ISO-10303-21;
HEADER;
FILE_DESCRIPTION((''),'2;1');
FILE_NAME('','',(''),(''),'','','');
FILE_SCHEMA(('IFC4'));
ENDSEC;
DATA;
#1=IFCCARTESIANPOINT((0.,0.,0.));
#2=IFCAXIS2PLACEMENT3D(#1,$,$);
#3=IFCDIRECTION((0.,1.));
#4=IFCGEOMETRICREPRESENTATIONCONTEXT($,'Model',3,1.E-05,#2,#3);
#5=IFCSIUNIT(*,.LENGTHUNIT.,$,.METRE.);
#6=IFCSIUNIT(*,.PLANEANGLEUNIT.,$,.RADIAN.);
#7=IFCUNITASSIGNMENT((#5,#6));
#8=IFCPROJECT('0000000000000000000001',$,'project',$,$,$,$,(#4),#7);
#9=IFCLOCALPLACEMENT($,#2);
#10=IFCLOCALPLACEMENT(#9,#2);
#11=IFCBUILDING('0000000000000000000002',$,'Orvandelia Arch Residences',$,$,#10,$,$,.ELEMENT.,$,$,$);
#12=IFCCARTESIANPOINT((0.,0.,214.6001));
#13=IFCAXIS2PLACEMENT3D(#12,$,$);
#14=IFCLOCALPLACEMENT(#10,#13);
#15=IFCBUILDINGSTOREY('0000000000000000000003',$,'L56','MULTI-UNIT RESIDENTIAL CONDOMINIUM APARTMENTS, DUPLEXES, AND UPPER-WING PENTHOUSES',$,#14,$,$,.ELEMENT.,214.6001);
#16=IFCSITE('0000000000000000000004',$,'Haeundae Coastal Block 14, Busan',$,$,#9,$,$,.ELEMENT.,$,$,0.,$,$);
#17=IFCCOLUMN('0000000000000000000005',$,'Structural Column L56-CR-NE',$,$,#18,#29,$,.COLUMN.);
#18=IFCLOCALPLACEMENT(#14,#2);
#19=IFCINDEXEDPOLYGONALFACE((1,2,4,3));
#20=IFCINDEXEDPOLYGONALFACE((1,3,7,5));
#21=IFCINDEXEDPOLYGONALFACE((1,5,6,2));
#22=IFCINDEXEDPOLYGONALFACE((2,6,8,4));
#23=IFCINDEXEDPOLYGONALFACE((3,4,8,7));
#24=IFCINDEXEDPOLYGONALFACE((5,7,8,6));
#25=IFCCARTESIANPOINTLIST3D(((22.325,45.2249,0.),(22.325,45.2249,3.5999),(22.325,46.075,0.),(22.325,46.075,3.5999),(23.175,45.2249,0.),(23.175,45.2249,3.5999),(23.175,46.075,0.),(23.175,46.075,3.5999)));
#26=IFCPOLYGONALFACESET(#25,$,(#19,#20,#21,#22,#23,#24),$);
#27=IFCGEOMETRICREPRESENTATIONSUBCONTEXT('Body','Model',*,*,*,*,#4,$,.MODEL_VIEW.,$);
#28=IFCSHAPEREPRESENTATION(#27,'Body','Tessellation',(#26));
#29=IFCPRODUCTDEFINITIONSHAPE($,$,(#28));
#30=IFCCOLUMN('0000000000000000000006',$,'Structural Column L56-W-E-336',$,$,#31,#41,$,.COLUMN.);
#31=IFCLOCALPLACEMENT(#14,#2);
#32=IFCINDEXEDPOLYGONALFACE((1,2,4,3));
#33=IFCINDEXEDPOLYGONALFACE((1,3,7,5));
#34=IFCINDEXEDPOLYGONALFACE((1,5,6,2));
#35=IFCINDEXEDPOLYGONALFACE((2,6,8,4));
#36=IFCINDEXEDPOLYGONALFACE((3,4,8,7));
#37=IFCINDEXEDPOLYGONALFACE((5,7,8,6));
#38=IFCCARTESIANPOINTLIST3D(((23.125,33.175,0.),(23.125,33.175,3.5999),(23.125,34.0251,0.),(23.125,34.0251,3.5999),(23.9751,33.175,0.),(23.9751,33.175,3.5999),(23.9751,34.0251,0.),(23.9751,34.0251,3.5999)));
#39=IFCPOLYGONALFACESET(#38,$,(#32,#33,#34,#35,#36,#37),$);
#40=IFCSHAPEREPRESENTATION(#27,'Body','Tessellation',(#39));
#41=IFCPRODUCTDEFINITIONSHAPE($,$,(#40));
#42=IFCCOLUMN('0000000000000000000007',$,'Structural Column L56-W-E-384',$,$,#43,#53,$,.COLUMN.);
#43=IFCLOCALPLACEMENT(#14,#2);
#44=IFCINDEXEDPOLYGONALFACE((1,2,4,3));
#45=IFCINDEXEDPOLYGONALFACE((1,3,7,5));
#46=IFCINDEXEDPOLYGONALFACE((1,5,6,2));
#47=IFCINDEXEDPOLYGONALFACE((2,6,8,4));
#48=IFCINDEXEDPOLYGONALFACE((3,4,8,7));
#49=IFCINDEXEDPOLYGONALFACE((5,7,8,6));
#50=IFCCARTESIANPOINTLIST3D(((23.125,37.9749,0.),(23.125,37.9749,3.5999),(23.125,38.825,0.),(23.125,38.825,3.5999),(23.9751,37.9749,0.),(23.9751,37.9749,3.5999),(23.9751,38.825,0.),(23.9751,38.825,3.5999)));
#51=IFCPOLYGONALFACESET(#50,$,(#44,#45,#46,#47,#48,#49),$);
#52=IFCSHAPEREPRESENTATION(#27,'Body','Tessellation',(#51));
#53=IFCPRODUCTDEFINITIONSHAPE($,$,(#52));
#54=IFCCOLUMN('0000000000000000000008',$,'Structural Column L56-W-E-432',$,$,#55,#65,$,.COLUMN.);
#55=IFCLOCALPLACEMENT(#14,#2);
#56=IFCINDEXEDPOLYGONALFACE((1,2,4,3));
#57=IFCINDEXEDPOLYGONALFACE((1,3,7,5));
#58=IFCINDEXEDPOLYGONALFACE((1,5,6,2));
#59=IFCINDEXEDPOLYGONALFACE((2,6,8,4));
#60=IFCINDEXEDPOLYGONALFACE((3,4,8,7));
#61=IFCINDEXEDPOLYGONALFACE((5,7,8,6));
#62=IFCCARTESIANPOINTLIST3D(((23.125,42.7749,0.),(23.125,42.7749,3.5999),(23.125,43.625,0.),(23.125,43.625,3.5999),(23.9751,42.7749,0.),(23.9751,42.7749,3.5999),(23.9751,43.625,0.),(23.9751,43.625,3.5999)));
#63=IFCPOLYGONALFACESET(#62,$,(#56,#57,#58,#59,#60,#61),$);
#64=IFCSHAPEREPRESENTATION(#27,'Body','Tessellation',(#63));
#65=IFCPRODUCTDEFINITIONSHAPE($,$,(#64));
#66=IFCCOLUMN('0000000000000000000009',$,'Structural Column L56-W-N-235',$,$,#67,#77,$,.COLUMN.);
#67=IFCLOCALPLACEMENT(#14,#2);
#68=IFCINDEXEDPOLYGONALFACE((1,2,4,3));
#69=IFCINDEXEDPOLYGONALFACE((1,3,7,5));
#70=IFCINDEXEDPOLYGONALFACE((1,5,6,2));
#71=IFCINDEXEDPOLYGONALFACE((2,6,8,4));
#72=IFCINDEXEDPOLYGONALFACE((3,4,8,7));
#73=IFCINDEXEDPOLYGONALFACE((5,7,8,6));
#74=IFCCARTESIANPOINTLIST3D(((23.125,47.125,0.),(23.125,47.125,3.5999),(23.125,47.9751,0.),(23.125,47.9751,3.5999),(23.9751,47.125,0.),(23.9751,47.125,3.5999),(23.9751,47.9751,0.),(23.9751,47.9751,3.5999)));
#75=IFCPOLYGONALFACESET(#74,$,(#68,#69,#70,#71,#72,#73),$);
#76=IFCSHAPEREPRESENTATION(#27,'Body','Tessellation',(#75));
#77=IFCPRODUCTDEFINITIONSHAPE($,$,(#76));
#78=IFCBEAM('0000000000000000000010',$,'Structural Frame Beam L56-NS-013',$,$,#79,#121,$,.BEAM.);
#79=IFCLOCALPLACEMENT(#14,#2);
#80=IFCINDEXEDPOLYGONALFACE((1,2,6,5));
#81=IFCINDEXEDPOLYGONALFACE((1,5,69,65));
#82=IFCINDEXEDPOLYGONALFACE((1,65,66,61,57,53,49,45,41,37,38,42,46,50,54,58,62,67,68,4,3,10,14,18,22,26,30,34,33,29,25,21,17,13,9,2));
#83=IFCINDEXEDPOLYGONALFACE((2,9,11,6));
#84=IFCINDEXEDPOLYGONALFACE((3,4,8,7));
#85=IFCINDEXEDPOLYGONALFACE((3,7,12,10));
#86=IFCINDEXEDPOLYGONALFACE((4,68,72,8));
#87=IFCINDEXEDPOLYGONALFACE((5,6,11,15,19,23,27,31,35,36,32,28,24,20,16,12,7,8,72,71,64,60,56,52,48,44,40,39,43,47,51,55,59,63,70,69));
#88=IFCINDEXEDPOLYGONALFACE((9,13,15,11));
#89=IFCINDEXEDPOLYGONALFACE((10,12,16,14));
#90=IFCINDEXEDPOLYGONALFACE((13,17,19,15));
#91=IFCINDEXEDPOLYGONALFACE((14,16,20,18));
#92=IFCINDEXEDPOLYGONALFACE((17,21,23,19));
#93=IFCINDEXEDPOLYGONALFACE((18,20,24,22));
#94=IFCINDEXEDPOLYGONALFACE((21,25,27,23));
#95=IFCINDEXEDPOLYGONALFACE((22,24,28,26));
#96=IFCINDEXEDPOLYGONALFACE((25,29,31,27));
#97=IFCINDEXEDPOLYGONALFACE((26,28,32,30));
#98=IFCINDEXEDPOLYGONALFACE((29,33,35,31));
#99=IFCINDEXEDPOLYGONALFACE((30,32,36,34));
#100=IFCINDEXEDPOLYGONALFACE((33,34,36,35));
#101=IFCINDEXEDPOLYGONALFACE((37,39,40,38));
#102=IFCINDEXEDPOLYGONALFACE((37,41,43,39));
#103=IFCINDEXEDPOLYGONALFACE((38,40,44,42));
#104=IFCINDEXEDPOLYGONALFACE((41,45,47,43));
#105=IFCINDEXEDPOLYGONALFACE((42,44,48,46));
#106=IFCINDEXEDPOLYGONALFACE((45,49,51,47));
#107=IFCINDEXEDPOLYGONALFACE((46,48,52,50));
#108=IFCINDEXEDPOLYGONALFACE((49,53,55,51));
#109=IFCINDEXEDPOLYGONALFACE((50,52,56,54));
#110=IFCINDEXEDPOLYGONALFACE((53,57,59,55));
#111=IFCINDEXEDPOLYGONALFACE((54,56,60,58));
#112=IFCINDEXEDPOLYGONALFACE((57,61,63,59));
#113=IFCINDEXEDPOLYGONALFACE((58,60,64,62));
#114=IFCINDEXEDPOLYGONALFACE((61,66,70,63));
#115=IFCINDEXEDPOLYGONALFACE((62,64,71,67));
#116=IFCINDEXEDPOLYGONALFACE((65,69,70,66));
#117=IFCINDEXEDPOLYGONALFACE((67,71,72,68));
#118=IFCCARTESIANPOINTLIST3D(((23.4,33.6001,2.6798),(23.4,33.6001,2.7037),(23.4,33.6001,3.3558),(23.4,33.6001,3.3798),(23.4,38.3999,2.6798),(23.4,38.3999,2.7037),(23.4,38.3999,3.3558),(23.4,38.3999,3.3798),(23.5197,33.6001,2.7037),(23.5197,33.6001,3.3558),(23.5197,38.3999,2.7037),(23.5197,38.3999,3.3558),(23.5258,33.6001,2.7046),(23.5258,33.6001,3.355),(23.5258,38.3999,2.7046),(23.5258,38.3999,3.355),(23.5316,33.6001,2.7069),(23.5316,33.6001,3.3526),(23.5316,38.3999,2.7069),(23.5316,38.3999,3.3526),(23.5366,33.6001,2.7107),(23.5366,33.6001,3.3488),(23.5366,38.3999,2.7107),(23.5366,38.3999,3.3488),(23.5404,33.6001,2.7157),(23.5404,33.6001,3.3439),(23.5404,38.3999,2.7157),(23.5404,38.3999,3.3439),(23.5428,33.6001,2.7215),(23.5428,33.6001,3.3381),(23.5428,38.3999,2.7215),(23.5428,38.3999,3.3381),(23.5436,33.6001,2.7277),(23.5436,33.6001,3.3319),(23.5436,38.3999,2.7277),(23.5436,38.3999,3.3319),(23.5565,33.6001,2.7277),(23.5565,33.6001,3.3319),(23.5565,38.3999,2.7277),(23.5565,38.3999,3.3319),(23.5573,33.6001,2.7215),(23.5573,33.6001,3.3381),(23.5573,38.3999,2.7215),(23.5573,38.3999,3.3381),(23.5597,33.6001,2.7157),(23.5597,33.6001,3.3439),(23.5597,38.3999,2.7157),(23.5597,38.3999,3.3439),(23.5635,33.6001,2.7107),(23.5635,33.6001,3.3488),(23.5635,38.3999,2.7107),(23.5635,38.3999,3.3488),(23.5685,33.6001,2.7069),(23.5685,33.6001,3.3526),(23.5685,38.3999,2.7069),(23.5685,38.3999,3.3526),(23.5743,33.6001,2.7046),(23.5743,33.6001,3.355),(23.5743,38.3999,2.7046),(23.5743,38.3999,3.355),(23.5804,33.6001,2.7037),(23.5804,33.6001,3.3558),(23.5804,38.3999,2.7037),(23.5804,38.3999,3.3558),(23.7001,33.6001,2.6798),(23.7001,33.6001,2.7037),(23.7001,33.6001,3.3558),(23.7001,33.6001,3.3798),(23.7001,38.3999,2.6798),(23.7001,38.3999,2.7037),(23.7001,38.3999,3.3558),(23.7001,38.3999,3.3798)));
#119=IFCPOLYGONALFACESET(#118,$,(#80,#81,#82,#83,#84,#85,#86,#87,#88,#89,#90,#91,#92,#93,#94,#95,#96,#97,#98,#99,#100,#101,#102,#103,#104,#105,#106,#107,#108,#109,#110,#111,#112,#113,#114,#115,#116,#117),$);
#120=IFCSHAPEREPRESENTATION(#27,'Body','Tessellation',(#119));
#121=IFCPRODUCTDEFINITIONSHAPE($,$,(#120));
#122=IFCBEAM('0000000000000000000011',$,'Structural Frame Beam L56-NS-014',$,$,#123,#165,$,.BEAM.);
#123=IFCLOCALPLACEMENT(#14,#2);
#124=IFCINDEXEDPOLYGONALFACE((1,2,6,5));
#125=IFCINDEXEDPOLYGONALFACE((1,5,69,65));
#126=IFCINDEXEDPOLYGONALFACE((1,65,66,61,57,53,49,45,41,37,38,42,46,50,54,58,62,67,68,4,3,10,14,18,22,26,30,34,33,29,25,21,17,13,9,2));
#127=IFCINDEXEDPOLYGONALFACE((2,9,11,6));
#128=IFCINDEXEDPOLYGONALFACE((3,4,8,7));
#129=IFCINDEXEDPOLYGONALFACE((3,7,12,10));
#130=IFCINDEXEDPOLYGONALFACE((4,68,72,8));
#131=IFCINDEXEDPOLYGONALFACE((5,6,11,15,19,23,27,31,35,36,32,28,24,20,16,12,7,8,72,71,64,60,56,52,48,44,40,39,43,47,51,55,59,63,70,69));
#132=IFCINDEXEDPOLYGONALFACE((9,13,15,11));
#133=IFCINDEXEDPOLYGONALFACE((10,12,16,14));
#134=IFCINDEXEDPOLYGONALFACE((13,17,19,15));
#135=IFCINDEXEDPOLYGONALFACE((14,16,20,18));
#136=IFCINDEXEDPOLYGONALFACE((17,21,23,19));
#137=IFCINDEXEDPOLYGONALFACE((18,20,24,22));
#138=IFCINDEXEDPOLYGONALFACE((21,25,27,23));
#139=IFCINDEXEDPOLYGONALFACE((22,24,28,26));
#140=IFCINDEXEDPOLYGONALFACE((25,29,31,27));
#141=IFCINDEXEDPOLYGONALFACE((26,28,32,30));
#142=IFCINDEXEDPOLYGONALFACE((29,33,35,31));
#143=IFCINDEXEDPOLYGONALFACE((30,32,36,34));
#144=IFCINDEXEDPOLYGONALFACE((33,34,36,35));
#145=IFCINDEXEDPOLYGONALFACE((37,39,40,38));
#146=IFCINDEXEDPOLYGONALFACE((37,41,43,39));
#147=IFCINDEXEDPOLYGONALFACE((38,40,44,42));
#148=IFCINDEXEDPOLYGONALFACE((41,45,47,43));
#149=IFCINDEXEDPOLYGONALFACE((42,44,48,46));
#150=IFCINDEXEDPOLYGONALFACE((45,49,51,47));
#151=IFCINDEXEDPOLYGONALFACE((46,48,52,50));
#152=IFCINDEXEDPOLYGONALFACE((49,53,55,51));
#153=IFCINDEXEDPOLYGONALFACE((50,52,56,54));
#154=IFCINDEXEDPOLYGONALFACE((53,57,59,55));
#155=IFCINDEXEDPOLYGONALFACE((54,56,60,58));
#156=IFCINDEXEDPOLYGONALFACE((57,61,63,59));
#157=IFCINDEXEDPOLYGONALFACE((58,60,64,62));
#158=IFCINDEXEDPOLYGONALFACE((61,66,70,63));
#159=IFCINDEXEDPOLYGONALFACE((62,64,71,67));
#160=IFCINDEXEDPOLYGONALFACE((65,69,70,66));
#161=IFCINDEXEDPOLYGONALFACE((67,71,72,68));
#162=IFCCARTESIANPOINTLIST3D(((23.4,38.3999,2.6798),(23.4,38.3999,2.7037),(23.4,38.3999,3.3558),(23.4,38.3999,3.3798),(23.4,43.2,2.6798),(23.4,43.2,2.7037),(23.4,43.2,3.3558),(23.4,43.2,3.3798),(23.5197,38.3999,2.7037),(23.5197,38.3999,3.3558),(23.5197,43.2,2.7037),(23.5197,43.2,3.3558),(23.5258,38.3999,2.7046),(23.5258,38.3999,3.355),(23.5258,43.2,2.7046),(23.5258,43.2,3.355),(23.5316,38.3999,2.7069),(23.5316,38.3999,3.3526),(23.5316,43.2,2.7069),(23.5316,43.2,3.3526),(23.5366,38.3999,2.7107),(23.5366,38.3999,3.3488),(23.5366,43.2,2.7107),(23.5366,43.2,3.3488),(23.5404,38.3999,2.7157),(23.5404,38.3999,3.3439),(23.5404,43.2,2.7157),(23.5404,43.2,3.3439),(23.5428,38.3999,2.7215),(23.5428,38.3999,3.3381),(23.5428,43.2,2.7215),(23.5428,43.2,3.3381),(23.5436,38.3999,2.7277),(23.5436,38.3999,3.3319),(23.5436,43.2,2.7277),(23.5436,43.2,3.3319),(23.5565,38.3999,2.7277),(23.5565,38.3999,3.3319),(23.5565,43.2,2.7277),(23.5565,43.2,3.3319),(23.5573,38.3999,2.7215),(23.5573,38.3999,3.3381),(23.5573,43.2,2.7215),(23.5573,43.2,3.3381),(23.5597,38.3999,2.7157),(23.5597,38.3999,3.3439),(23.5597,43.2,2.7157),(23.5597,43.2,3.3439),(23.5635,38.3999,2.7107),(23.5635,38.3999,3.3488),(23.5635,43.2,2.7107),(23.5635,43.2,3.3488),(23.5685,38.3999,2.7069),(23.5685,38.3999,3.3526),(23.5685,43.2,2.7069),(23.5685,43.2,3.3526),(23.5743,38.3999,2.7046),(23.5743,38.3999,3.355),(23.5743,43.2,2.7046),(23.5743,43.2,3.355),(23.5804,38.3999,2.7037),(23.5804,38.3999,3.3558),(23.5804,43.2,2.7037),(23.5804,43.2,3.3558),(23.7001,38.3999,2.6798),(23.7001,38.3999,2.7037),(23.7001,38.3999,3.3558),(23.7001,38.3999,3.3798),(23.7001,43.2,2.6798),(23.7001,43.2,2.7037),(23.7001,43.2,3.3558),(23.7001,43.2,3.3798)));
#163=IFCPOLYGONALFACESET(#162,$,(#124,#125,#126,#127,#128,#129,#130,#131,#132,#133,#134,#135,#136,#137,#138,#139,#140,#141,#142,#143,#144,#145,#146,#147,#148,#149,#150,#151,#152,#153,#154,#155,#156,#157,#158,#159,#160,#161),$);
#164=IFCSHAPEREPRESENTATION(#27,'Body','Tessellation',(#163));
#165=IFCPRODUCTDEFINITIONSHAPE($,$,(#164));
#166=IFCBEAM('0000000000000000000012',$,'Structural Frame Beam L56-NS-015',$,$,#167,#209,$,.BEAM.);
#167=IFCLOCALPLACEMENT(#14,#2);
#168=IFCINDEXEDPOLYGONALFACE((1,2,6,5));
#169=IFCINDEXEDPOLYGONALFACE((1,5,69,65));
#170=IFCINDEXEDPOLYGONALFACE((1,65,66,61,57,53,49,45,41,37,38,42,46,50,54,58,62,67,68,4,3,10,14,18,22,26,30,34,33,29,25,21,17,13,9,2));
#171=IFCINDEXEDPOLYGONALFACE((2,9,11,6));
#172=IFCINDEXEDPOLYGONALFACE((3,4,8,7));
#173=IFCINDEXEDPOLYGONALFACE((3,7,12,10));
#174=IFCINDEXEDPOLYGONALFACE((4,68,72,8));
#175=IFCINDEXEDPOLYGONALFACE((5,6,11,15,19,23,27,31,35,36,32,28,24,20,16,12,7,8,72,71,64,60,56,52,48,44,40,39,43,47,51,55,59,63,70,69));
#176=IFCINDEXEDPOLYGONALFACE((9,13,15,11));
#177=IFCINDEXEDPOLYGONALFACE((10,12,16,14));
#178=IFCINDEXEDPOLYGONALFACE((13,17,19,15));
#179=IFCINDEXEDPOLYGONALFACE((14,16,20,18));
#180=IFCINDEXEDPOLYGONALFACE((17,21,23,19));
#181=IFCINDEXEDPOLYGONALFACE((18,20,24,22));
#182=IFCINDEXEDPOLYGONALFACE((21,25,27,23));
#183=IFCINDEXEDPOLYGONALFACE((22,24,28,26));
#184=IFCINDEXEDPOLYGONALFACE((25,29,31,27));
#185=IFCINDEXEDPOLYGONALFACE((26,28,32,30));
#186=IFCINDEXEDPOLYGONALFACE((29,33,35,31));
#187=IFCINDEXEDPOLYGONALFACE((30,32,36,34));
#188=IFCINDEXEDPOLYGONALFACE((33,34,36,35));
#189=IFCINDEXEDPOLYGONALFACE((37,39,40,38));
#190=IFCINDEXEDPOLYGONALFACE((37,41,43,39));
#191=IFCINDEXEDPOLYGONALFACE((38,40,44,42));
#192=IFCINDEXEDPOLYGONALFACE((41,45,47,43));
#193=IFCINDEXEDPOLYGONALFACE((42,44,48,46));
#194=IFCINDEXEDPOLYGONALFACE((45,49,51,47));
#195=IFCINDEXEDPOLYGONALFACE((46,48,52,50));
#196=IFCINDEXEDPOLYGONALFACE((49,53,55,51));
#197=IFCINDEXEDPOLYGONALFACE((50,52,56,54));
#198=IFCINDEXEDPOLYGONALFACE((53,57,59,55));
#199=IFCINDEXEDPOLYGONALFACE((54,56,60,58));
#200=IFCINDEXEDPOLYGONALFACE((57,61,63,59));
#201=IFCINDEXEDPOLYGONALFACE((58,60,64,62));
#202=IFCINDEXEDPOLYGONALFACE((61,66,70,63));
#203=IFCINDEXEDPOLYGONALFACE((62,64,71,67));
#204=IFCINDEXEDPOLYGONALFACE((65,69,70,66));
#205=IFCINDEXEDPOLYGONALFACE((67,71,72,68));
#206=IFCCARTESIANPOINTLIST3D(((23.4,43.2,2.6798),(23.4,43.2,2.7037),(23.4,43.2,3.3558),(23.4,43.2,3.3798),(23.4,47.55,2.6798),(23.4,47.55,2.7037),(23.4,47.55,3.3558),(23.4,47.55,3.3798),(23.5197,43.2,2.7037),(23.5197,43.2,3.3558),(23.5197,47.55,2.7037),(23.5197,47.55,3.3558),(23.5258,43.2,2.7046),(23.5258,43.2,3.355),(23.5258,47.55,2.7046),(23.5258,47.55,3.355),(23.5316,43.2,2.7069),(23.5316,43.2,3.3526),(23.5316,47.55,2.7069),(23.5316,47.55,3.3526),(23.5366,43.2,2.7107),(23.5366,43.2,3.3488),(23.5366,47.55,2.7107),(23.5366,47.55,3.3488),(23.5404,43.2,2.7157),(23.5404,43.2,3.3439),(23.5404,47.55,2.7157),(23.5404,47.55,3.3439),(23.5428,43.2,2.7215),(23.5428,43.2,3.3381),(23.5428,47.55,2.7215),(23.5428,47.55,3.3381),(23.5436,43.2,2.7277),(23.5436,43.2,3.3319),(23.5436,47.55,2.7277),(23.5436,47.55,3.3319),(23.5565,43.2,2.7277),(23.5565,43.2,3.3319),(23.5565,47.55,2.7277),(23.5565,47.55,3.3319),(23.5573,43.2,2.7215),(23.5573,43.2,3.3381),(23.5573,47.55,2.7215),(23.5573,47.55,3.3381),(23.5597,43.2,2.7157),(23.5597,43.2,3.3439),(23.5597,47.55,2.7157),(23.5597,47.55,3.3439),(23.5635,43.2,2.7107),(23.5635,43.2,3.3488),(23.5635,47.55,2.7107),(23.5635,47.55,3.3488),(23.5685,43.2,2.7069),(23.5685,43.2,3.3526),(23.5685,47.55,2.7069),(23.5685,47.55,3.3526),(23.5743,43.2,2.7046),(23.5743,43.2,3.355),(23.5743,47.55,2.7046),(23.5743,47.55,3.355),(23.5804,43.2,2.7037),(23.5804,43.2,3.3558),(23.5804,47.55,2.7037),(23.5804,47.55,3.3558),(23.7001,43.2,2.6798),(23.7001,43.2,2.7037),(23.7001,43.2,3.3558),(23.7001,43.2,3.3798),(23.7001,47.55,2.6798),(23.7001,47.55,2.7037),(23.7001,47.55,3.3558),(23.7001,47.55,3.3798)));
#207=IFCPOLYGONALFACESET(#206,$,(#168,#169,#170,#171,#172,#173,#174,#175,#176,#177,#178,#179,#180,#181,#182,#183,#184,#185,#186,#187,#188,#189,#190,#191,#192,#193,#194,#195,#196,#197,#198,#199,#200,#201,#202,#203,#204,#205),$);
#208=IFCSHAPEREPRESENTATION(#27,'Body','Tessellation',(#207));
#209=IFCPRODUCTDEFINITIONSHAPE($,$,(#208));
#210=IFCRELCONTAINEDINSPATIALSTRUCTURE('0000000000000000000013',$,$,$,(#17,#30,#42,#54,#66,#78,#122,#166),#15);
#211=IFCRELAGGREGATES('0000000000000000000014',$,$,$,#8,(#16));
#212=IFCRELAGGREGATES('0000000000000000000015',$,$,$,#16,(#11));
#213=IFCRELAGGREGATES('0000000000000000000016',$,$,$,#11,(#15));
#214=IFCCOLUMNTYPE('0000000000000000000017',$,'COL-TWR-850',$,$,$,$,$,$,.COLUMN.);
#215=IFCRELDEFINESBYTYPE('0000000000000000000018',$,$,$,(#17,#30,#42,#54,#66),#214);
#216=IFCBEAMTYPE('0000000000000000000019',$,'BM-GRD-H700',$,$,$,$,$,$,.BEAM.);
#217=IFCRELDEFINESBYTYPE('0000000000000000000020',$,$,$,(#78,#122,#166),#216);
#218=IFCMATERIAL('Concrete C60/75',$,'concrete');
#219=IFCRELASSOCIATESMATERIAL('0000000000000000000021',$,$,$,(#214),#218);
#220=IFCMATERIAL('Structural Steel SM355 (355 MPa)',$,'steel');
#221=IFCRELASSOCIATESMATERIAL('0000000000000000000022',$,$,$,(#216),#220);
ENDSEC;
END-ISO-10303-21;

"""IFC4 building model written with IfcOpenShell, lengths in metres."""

from ifc_helpers import new_model, si_unit, direction, frame, origin, origin_2d, place, context, subcontext, project, spatial, rectangle, i_section, extrude, material, material_profile, profile_set, type_object, element, save


model = new_model("IFC4")

# Units and contexts
model_context = context("Model", 3, precision=1e-05, world=origin(), true_north=direction((0.0, 1.0)))
body_context = subcontext(model_context, "Body", "Model", "MODEL_VIEW")
ifc_project = project(units=[si_unit("LENGTHUNIT", "METRE"), si_unit("PLANEANGLEUNIT", "RADIAN")], contexts=[model_context])

# Site, building, storey
site_placement = place(None, origin())
site = spatial("IfcSite", under=ifc_project, at=site_placement, Name="Haeundae Coastal Block 14, Busan", CompositionType="ELEMENT", RefElevation=0.0)
building_placement = place(site_placement, origin())
building = spatial("IfcBuilding", under=site, at=building_placement, Name="Orvandelia Arch Residences", CompositionType="ELEMENT")
storey_placement = place(building_placement, frame((0.0, 0.0, 214.6001)))
storey = spatial("IfcBuildingStorey", under=building, at=storey_placement, Name="L56", Description="MULTI-UNIT RESIDENTIAL CONDOMINIUM APARTMENTS, DUPLEXES, AND UPPER-WING PENTHOUSES", CompositionType="ELEMENT", Elevation=214.6001)

# Columns
ifc_material_1 = material(Name="Concrete C60/75", Category="concrete")
ifc_material_profile_1 = material_profile(ifc_material_1, rectangle(XDim=0.8501, YDim=0.8501, at=origin_2d()), Name="Concrete C60/75", Category="concrete")
ifc_profile_set_1 = profile_set([ifc_material_profile_1], Name="Concrete C60/75")
column_type = type_object("IfcColumnType", Name="COL-TWR-850", PredefinedType="COLUMN", material=ifc_profile_set_1)
for number, where, z_axis, x_axis, name in (
    (1, (22.75, 45.6499, 0.0), (0.0, 0.0, 1.0), (1.0, 0.0, 0.0), "Structural Column L56-CR-NE"),
    (2, (23.55, 33.6001, 0.0), (0.0, 0.0, 1.0), (1.0, 0.0, 0.0), "Structural Column L56-W-E-336"),
    (3, (23.55, 38.3999, 0.0), (0.0, 0.0, 1.0), (1.0, 0.0, 0.0), "Structural Column L56-W-E-384"),
    (4, (23.55, 43.2, 0.0), (0.0, 0.0, 1.0), (1.0, 0.0, 0.0), "Structural Column L56-W-E-432"),
    (5, (23.55, 47.55, 0.0), (0.0, 0.0, 1.0), (1.0, 0.0, 0.0), "Structural Column L56-W-N-235"),
):
    element("IfcColumn", number, at=place(storey_placement, frame(where, z_axis=z_axis, x_axis=x_axis)), inside=storey, type_object=column_type, Name=name, PredefinedType="COLUMN", context=body_context, shape_type="SweptSolid", body=[
        extrude(rectangle(XDim=0.8501, YDim=0.8501, at=origin_2d()), origin(), (0.0, 0.0, 1.0), 3.5999),
    ])

# Beams
ifc_material_2 = material(Name="Structural Steel SM355 (355 MPa)", Category="steel")
ifc_material_profile_2 = material_profile(ifc_material_2, i_section(OverallWidth=0.3, OverallDepth=0.7, WebThickness=0.0129, FlangeThickness=0.0239, FilletRadius=0.0239, at=origin_2d()), Name="Structural Steel SM355 (355 MPa)", Category="steel")
ifc_profile_set_2 = profile_set([ifc_material_profile_2], Name="Structural Steel SM355 (355 MPa)")
beam_type = type_object("IfcBeamType", Name="BM-GRD-H700", PredefinedType="BEAM", material=ifc_profile_set_2)
beam_1_placement = place(storey_placement, frame((23.55, 33.6001, 3.0298), z_axis=(0.0, 1.0, 0.0), x_axis=(-1.0, 0.0, 0.0)))
element("IfcBeam", 6, at=beam_1_placement, inside=storey, type_object=beam_type, Name="Structural Frame Beam L56-NS-013", PredefinedType="BEAM", context=body_context, shape_type="SweptSolid", body=[
    extrude(i_section(OverallWidth=0.3, OverallDepth=0.7, WebThickness=0.0129, FlangeThickness=0.0239, FilletRadius=0.0239, at=origin_2d()), origin(), (0.0, 0.0, 1.0), 4.7998),
])
beam_2_placement = place(storey_placement, frame((23.55, 38.3999, 3.0298), z_axis=(0.0, 1.0, 0.0), x_axis=(-1.0, 0.0, 0.0)))
element("IfcBeam", 7, at=beam_2_placement, inside=storey, type_object=beam_type, Name="Structural Frame Beam L56-NS-014", PredefinedType="BEAM", context=body_context, shape_type="SweptSolid", body=[
    extrude(i_section(OverallWidth=0.3, OverallDepth=0.7, WebThickness=0.0129, FlangeThickness=0.0239, FilletRadius=0.0239, at=origin_2d()), origin(), (0.0, 0.0, 1.0), 4.8),
])
beam_3_placement = place(storey_placement, frame((23.55, 43.2, 3.0298), z_axis=(0.0, 1.0, 0.0), x_axis=(-1.0, 0.0, 0.0)))
element("IfcBeam", 8, at=beam_3_placement, inside=storey, type_object=beam_type, Name="Structural Frame Beam L56-NS-015", PredefinedType="BEAM", context=body_context, shape_type="SweptSolid", body=[
    extrude(i_section(OverallWidth=0.3, OverallDepth=0.7, WebThickness=0.0129, FlangeThickness=0.0239, FilletRadius=0.0239, at=origin_2d()), origin(), (0.0, 0.0, 1.0), 4.3501),
])

save(model, "model.ifc")
